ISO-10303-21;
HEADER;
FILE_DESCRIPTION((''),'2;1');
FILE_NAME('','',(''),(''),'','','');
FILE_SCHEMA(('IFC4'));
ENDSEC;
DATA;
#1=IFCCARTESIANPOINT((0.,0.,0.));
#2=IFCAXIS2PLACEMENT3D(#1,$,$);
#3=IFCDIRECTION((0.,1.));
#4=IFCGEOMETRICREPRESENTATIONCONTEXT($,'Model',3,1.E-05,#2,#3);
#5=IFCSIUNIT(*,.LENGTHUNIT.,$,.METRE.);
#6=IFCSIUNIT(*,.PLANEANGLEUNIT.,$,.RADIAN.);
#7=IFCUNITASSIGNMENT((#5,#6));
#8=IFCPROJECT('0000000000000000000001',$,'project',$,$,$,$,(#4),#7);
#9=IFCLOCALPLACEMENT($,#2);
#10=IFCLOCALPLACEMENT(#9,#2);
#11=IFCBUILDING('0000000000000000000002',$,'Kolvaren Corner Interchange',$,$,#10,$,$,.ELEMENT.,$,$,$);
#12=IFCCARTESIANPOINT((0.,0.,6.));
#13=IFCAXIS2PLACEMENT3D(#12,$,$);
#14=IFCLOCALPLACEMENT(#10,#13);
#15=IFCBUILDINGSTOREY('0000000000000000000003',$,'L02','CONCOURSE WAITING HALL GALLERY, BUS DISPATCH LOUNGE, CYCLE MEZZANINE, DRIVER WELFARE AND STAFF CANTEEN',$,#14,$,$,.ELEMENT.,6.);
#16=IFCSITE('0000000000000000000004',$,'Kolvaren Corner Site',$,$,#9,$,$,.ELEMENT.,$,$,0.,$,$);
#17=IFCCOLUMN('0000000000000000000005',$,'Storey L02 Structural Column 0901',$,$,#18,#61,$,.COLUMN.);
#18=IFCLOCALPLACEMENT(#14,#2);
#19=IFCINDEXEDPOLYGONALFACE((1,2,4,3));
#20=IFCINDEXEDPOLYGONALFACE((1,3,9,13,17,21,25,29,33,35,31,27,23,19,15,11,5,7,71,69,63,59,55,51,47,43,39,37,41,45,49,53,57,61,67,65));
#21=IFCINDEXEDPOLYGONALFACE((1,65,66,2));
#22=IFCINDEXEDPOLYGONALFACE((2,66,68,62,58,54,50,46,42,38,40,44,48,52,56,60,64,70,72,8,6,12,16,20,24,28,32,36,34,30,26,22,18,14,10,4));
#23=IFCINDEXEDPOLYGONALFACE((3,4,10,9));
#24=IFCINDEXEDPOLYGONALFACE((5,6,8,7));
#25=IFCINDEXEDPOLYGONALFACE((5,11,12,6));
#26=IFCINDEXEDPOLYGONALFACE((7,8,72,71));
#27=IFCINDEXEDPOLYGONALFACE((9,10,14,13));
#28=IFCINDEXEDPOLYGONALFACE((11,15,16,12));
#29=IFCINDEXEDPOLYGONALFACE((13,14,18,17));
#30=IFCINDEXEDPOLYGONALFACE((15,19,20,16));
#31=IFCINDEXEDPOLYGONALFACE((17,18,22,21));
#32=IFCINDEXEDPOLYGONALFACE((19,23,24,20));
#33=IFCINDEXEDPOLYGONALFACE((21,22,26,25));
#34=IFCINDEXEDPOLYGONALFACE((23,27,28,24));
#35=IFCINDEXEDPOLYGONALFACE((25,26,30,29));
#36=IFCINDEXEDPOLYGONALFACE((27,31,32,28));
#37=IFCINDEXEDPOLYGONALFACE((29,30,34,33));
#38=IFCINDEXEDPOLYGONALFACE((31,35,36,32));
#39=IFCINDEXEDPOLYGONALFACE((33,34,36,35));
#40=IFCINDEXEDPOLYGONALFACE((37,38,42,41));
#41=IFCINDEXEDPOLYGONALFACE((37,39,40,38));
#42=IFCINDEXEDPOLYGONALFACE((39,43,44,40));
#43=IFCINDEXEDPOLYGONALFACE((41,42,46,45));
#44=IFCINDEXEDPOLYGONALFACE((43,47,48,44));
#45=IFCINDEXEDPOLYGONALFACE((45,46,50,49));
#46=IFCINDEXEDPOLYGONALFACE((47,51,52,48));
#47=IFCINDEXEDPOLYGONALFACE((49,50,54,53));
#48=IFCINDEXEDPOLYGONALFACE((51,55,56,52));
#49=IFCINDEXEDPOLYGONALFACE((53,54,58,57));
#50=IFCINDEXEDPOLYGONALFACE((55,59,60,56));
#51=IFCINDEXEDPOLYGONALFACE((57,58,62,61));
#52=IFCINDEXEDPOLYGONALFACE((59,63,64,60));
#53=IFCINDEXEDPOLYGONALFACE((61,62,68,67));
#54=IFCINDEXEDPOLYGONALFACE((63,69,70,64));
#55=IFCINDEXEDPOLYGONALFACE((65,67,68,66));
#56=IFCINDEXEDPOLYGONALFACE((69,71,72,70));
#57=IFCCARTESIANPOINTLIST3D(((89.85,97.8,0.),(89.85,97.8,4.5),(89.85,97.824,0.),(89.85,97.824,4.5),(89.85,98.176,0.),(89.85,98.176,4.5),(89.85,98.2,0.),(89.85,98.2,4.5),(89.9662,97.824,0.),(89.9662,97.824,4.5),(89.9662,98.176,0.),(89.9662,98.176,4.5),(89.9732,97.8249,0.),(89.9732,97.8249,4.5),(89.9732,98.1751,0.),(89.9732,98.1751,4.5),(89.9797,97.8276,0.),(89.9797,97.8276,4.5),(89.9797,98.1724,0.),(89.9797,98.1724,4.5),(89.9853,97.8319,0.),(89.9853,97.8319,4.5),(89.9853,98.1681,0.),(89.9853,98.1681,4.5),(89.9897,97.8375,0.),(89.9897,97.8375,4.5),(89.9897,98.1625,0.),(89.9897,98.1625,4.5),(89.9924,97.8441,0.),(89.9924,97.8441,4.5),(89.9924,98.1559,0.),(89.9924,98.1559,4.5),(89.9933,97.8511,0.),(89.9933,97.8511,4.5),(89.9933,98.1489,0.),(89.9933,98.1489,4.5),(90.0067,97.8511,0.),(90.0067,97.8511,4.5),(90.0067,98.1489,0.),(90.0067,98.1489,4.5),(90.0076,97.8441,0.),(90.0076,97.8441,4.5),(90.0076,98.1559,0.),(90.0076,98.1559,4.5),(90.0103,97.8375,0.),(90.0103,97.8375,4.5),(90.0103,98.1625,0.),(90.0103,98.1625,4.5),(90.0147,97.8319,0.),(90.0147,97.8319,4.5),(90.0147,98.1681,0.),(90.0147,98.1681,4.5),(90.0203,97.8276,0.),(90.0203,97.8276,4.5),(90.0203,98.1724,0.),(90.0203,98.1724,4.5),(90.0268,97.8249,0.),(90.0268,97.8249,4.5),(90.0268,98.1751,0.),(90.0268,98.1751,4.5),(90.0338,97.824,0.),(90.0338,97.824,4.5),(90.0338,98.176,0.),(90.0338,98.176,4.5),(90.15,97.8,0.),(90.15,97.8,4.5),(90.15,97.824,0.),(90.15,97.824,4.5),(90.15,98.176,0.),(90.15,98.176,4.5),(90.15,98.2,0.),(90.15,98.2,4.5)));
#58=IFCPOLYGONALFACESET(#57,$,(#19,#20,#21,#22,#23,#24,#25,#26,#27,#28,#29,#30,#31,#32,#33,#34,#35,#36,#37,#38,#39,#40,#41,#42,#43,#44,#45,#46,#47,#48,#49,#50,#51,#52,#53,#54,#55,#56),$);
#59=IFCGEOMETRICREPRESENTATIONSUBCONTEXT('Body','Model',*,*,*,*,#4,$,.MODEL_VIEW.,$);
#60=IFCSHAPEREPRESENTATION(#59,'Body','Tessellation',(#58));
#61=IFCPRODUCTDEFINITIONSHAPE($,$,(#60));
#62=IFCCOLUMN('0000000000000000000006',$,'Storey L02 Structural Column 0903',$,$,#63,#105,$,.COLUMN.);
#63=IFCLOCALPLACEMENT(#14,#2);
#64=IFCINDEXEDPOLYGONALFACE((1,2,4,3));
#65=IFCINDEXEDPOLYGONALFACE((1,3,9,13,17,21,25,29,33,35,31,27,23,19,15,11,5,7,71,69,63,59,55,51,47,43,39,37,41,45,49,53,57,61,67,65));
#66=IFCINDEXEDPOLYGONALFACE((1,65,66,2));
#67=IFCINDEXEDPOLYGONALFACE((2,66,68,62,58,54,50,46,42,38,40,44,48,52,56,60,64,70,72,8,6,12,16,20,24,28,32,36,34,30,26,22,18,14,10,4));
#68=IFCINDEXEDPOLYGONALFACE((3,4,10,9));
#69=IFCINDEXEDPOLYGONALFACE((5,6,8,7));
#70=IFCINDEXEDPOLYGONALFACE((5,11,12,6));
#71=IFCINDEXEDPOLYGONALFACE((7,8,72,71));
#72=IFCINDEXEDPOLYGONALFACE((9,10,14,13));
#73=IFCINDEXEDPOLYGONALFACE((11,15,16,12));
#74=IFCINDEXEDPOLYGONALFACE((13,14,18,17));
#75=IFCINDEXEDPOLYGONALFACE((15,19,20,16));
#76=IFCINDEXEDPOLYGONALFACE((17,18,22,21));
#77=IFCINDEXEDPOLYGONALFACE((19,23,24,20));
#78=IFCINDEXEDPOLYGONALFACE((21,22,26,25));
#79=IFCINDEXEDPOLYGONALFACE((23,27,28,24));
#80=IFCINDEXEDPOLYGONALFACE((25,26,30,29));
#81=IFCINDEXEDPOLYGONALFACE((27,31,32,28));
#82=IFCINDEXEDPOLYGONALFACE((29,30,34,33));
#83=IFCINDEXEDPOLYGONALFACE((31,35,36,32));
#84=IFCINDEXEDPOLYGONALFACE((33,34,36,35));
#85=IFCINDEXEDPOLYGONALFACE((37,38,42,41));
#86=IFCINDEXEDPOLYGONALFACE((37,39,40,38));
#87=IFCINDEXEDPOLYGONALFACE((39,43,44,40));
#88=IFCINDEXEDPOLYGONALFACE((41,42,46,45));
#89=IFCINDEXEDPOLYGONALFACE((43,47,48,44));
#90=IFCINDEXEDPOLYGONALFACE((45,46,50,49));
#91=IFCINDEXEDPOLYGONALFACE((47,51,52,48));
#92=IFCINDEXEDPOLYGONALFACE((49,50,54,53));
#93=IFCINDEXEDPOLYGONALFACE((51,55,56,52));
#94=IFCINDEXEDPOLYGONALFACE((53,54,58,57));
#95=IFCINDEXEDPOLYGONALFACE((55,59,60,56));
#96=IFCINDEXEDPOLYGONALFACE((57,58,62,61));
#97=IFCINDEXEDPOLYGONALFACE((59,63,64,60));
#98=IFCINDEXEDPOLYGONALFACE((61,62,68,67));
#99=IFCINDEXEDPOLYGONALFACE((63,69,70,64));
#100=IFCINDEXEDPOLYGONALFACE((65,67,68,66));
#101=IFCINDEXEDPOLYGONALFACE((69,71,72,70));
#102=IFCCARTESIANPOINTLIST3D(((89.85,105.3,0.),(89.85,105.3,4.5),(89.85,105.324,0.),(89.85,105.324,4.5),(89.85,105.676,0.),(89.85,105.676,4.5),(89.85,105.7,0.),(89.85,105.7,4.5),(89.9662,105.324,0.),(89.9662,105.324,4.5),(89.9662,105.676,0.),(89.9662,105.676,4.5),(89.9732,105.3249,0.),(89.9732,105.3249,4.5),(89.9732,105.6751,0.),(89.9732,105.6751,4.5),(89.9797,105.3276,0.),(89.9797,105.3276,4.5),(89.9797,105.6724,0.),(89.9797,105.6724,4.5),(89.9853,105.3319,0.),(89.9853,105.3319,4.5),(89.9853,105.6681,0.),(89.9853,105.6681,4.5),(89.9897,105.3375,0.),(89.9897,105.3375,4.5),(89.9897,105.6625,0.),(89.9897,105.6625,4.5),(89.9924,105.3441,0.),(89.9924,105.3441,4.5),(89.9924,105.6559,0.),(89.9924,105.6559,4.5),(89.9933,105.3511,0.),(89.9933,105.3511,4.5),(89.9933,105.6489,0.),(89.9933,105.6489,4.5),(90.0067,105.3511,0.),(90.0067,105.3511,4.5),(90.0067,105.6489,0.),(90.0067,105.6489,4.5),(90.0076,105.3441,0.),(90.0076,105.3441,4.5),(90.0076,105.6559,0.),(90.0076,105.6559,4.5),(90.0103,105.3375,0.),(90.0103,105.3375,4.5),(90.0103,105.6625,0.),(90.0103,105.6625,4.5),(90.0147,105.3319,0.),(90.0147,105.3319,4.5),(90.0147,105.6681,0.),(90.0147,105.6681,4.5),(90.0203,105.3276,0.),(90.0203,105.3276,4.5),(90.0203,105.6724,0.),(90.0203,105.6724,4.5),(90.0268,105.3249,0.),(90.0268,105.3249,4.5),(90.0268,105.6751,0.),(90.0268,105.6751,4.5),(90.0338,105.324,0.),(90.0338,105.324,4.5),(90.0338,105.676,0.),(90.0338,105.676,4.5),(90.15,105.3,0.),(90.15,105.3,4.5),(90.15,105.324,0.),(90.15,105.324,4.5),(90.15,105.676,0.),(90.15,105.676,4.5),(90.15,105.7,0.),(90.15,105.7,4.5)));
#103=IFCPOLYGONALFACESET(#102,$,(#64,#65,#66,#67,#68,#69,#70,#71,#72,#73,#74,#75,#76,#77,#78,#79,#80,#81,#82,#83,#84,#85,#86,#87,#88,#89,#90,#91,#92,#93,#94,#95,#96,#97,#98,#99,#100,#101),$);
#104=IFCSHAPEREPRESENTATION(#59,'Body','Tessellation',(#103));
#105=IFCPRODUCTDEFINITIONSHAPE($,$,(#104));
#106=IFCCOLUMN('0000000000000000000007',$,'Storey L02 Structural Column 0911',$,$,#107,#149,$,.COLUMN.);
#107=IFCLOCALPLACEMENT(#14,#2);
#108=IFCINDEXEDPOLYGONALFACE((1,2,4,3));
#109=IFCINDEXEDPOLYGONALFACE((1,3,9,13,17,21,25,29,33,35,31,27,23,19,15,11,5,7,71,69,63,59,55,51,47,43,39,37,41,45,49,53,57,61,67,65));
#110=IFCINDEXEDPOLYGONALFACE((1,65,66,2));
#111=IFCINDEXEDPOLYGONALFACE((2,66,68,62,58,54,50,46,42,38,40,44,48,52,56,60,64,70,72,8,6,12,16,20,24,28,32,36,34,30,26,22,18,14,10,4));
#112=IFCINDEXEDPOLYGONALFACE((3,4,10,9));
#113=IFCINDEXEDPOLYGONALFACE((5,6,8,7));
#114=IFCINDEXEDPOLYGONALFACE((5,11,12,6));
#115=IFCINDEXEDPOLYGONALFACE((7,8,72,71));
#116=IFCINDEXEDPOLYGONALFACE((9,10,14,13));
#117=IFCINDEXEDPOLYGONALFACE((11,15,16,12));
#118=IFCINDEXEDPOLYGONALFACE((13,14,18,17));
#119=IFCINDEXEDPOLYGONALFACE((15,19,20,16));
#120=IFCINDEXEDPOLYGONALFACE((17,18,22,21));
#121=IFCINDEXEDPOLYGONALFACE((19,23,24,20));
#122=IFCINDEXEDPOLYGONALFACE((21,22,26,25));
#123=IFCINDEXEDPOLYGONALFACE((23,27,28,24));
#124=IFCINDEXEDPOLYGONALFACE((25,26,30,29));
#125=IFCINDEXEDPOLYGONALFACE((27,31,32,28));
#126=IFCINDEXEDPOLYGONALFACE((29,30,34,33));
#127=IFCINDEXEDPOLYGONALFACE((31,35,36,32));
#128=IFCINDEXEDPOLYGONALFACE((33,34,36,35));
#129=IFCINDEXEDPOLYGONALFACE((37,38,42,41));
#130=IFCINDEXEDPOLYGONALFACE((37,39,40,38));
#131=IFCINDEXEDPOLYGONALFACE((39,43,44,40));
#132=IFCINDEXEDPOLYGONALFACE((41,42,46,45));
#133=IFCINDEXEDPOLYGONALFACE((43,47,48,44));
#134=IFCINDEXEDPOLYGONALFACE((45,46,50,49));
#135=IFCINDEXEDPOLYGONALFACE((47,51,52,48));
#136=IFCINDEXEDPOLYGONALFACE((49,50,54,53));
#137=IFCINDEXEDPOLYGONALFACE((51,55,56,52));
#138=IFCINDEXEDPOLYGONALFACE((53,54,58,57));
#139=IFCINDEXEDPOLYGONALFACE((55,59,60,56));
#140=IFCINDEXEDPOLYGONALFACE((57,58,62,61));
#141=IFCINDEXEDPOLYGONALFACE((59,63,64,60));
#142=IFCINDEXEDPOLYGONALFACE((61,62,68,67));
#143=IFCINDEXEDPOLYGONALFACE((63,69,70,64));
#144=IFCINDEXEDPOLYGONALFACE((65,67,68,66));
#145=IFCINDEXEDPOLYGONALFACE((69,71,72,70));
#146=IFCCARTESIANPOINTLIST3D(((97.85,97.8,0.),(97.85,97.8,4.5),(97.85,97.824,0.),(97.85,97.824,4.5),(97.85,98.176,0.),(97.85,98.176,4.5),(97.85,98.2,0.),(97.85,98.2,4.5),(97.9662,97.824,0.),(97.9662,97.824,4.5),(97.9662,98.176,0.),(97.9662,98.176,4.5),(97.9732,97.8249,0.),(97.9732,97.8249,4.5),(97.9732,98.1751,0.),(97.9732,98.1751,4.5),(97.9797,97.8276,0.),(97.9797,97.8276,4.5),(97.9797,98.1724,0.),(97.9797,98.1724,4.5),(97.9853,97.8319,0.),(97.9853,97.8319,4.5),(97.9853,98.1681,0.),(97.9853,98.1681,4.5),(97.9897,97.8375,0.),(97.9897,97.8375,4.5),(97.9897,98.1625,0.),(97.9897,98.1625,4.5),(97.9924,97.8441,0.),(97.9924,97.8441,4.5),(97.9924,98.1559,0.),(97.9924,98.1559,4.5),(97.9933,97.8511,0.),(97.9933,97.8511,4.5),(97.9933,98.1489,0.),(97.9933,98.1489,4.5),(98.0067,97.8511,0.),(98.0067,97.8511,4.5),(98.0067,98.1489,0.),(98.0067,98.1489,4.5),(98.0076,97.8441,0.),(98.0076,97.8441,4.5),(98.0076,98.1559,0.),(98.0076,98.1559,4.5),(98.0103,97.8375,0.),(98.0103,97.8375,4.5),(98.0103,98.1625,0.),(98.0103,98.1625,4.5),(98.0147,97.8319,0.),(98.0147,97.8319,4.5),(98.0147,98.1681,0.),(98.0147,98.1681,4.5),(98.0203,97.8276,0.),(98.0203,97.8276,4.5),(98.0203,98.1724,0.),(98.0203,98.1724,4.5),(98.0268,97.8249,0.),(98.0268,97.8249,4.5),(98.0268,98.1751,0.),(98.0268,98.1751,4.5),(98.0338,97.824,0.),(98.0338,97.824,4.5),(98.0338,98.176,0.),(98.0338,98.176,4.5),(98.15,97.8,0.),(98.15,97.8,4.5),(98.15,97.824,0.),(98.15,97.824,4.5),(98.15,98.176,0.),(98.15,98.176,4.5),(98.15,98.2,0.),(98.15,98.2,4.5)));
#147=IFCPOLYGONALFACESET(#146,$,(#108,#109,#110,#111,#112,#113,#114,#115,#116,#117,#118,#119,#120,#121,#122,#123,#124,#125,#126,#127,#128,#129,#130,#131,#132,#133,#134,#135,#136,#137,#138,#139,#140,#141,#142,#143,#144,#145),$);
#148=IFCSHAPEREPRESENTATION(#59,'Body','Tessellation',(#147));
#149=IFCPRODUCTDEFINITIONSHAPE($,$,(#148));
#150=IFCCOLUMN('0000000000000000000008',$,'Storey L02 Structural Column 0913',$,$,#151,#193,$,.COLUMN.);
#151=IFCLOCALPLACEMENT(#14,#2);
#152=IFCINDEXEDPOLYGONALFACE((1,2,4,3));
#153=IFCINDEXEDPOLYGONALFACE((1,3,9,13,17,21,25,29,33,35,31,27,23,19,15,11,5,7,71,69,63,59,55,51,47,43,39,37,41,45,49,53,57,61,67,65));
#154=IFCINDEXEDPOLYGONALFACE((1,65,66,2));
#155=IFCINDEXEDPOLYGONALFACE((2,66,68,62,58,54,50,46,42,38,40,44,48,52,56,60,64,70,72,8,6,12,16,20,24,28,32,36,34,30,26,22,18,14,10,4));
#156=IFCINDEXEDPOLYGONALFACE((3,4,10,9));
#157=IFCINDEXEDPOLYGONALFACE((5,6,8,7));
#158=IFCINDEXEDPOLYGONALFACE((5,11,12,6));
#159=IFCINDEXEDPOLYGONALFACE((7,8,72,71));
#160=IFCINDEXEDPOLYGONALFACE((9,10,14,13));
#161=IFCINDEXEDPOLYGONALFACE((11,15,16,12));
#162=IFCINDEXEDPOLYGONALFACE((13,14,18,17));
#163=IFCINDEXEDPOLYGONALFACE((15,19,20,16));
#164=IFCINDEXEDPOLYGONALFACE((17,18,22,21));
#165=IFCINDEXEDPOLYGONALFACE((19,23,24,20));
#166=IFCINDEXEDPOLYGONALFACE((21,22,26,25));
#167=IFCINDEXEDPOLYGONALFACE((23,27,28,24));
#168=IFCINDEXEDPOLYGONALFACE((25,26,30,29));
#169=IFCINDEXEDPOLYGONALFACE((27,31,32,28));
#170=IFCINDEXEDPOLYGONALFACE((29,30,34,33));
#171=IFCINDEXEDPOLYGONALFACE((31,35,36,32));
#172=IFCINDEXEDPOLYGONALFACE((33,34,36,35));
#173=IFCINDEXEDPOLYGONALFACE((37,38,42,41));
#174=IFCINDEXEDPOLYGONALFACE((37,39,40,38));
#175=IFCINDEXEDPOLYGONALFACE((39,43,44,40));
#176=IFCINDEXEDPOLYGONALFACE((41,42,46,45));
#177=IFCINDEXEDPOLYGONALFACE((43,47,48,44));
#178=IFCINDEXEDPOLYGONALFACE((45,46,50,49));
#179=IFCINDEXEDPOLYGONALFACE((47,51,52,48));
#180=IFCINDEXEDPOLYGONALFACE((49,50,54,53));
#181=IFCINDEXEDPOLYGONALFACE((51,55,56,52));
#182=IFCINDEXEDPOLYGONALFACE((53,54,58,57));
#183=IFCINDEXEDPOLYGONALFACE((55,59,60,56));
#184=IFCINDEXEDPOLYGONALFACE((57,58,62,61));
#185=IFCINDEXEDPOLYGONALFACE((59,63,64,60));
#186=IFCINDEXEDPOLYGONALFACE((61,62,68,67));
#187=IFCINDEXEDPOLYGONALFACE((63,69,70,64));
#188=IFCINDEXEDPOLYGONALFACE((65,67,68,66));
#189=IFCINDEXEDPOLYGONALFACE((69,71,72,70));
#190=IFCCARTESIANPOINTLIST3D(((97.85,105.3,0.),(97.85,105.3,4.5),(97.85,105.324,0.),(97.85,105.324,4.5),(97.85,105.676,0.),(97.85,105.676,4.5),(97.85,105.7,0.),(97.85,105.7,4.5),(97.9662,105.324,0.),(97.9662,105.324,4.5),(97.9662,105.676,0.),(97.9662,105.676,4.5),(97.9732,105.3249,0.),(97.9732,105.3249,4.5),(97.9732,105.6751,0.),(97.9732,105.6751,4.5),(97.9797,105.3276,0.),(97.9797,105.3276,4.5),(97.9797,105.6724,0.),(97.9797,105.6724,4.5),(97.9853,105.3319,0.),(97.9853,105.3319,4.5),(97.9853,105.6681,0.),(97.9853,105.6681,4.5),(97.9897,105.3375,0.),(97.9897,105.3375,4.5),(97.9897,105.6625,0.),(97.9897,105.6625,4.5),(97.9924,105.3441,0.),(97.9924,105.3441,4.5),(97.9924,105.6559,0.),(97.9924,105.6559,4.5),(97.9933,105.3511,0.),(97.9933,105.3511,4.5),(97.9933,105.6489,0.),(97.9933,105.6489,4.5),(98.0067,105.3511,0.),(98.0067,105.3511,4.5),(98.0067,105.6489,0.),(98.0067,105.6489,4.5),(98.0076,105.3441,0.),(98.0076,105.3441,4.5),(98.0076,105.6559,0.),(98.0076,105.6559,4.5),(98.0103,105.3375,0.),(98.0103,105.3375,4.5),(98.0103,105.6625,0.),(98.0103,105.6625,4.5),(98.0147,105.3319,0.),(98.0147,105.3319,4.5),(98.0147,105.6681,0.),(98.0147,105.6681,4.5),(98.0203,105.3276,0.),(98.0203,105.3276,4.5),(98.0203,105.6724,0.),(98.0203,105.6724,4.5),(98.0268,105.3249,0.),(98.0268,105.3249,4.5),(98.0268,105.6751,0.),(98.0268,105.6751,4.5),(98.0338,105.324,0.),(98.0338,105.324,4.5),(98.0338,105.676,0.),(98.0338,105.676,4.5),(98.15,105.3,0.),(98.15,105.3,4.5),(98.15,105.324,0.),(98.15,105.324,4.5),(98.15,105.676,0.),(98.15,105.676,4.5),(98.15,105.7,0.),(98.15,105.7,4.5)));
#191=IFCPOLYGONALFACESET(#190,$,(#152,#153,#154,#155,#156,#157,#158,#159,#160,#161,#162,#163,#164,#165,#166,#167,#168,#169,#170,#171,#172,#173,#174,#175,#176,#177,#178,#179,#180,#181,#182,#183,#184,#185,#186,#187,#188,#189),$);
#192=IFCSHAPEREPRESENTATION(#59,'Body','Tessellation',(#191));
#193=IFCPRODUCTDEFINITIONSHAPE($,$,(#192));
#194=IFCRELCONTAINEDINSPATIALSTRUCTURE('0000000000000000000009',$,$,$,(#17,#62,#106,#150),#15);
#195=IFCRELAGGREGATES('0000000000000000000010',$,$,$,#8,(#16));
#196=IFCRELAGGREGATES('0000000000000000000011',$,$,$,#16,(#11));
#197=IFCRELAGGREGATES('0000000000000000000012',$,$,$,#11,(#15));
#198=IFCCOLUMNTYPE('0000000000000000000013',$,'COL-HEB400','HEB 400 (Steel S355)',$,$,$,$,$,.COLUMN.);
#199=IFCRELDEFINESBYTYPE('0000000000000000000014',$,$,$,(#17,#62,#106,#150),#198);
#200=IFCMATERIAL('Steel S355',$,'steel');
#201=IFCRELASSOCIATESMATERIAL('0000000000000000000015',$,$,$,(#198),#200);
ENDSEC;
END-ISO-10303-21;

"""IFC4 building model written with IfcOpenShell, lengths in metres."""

from ifc_helpers import new_model, si_unit, direction, frame, origin, origin_2d, place, context, subcontext, project, spatial, i_section, extrude, material, material_profile, profile_set, type_object, element, save


model = new_model("IFC4")

# Units and contexts
model_context = context("Model", 3, precision=1e-05, world=origin(), true_north=direction((0.0, 1.0)))
body_context = subcontext(model_context, "Body", "Model", "MODEL_VIEW")
ifc_project = project(units=[si_unit("LENGTHUNIT", "METRE"), si_unit("PLANEANGLEUNIT", "RADIAN")], contexts=[model_context])

# Site, building, storey
site_placement = place(None, origin())
site = spatial("IfcSite", under=ifc_project, at=site_placement, Name="Kolvaren Corner Site", CompositionType="ELEMENT", RefElevation=0.0)
building_placement = place(site_placement, origin())
building = spatial("IfcBuilding", under=site, at=building_placement, Name="Kolvaren Corner Interchange", CompositionType="ELEMENT")
storey_placement = place(building_placement, frame((0.0, 0.0, 6.0)))
storey = spatial("IfcBuildingStorey", under=building, at=storey_placement, Name="L02", Description="CONCOURSE WAITING HALL GALLERY, BUS DISPATCH LOUNGE, CYCLE MEZZANINE, DRIVER WELFARE AND STAFF CANTEEN", CompositionType="ELEMENT", Elevation=6.0)

# Columns
ifc_material_1 = material(Name="Steel S355", Category="steel")
ifc_material_profile_1 = material_profile(ifc_material_1, i_section(OverallWidth=0.3, OverallDepth=0.3999, WebThickness=0.0134, FlangeThickness=0.0239, FilletRadius=0.0271, at=origin_2d()), Name="HEB 400")
ifc_profile_set_1 = profile_set([ifc_material_profile_1], Name="Steel S355")
column_type = type_object("IfcColumnType", Name="COL-HEB400", Description="HEB 400 (Steel S355)", PredefinedType="COLUMN", material=ifc_profile_set_1)
for number, where, z_axis, x_axis, name in (
    (1, (90.0, 98.0, 0.0), (0.0, 0.0, 1.0), (1.0, 0.0, 0.0), "Storey L02 Structural Column 0901"),
    (2, (90.0, 105.5, 0.0), (0.0, 0.0, 1.0), (1.0, 0.0, 0.0), "Storey L02 Structural Column 0903"),
    (3, (98.0, 98.0, 0.0), (0.0, 0.0, 1.0), (1.0, 0.0, 0.0), "Storey L02 Structural Column 0911"),
    (4, (98.0, 105.5, 0.0), (0.0, 0.0, 1.0), (1.0, 0.0, 0.0), "Storey L02 Structural Column 0913"),
):
    element("IfcColumn", number, at=place(storey_placement, frame(where, z_axis=z_axis, x_axis=x_axis)), inside=storey, type_object=column_type, Name=name, PredefinedType="COLUMN", context=body_context, shape_type="SweptSolid", body=[
        extrude(i_section(OverallWidth=0.3, OverallDepth=0.3999, WebThickness=0.0134, FlangeThickness=0.0239, FilletRadius=0.0271, at=origin_2d()), origin(), (0.0, 0.0, 1.0), 4.5),
    ])

save(model, "model.ifc")
